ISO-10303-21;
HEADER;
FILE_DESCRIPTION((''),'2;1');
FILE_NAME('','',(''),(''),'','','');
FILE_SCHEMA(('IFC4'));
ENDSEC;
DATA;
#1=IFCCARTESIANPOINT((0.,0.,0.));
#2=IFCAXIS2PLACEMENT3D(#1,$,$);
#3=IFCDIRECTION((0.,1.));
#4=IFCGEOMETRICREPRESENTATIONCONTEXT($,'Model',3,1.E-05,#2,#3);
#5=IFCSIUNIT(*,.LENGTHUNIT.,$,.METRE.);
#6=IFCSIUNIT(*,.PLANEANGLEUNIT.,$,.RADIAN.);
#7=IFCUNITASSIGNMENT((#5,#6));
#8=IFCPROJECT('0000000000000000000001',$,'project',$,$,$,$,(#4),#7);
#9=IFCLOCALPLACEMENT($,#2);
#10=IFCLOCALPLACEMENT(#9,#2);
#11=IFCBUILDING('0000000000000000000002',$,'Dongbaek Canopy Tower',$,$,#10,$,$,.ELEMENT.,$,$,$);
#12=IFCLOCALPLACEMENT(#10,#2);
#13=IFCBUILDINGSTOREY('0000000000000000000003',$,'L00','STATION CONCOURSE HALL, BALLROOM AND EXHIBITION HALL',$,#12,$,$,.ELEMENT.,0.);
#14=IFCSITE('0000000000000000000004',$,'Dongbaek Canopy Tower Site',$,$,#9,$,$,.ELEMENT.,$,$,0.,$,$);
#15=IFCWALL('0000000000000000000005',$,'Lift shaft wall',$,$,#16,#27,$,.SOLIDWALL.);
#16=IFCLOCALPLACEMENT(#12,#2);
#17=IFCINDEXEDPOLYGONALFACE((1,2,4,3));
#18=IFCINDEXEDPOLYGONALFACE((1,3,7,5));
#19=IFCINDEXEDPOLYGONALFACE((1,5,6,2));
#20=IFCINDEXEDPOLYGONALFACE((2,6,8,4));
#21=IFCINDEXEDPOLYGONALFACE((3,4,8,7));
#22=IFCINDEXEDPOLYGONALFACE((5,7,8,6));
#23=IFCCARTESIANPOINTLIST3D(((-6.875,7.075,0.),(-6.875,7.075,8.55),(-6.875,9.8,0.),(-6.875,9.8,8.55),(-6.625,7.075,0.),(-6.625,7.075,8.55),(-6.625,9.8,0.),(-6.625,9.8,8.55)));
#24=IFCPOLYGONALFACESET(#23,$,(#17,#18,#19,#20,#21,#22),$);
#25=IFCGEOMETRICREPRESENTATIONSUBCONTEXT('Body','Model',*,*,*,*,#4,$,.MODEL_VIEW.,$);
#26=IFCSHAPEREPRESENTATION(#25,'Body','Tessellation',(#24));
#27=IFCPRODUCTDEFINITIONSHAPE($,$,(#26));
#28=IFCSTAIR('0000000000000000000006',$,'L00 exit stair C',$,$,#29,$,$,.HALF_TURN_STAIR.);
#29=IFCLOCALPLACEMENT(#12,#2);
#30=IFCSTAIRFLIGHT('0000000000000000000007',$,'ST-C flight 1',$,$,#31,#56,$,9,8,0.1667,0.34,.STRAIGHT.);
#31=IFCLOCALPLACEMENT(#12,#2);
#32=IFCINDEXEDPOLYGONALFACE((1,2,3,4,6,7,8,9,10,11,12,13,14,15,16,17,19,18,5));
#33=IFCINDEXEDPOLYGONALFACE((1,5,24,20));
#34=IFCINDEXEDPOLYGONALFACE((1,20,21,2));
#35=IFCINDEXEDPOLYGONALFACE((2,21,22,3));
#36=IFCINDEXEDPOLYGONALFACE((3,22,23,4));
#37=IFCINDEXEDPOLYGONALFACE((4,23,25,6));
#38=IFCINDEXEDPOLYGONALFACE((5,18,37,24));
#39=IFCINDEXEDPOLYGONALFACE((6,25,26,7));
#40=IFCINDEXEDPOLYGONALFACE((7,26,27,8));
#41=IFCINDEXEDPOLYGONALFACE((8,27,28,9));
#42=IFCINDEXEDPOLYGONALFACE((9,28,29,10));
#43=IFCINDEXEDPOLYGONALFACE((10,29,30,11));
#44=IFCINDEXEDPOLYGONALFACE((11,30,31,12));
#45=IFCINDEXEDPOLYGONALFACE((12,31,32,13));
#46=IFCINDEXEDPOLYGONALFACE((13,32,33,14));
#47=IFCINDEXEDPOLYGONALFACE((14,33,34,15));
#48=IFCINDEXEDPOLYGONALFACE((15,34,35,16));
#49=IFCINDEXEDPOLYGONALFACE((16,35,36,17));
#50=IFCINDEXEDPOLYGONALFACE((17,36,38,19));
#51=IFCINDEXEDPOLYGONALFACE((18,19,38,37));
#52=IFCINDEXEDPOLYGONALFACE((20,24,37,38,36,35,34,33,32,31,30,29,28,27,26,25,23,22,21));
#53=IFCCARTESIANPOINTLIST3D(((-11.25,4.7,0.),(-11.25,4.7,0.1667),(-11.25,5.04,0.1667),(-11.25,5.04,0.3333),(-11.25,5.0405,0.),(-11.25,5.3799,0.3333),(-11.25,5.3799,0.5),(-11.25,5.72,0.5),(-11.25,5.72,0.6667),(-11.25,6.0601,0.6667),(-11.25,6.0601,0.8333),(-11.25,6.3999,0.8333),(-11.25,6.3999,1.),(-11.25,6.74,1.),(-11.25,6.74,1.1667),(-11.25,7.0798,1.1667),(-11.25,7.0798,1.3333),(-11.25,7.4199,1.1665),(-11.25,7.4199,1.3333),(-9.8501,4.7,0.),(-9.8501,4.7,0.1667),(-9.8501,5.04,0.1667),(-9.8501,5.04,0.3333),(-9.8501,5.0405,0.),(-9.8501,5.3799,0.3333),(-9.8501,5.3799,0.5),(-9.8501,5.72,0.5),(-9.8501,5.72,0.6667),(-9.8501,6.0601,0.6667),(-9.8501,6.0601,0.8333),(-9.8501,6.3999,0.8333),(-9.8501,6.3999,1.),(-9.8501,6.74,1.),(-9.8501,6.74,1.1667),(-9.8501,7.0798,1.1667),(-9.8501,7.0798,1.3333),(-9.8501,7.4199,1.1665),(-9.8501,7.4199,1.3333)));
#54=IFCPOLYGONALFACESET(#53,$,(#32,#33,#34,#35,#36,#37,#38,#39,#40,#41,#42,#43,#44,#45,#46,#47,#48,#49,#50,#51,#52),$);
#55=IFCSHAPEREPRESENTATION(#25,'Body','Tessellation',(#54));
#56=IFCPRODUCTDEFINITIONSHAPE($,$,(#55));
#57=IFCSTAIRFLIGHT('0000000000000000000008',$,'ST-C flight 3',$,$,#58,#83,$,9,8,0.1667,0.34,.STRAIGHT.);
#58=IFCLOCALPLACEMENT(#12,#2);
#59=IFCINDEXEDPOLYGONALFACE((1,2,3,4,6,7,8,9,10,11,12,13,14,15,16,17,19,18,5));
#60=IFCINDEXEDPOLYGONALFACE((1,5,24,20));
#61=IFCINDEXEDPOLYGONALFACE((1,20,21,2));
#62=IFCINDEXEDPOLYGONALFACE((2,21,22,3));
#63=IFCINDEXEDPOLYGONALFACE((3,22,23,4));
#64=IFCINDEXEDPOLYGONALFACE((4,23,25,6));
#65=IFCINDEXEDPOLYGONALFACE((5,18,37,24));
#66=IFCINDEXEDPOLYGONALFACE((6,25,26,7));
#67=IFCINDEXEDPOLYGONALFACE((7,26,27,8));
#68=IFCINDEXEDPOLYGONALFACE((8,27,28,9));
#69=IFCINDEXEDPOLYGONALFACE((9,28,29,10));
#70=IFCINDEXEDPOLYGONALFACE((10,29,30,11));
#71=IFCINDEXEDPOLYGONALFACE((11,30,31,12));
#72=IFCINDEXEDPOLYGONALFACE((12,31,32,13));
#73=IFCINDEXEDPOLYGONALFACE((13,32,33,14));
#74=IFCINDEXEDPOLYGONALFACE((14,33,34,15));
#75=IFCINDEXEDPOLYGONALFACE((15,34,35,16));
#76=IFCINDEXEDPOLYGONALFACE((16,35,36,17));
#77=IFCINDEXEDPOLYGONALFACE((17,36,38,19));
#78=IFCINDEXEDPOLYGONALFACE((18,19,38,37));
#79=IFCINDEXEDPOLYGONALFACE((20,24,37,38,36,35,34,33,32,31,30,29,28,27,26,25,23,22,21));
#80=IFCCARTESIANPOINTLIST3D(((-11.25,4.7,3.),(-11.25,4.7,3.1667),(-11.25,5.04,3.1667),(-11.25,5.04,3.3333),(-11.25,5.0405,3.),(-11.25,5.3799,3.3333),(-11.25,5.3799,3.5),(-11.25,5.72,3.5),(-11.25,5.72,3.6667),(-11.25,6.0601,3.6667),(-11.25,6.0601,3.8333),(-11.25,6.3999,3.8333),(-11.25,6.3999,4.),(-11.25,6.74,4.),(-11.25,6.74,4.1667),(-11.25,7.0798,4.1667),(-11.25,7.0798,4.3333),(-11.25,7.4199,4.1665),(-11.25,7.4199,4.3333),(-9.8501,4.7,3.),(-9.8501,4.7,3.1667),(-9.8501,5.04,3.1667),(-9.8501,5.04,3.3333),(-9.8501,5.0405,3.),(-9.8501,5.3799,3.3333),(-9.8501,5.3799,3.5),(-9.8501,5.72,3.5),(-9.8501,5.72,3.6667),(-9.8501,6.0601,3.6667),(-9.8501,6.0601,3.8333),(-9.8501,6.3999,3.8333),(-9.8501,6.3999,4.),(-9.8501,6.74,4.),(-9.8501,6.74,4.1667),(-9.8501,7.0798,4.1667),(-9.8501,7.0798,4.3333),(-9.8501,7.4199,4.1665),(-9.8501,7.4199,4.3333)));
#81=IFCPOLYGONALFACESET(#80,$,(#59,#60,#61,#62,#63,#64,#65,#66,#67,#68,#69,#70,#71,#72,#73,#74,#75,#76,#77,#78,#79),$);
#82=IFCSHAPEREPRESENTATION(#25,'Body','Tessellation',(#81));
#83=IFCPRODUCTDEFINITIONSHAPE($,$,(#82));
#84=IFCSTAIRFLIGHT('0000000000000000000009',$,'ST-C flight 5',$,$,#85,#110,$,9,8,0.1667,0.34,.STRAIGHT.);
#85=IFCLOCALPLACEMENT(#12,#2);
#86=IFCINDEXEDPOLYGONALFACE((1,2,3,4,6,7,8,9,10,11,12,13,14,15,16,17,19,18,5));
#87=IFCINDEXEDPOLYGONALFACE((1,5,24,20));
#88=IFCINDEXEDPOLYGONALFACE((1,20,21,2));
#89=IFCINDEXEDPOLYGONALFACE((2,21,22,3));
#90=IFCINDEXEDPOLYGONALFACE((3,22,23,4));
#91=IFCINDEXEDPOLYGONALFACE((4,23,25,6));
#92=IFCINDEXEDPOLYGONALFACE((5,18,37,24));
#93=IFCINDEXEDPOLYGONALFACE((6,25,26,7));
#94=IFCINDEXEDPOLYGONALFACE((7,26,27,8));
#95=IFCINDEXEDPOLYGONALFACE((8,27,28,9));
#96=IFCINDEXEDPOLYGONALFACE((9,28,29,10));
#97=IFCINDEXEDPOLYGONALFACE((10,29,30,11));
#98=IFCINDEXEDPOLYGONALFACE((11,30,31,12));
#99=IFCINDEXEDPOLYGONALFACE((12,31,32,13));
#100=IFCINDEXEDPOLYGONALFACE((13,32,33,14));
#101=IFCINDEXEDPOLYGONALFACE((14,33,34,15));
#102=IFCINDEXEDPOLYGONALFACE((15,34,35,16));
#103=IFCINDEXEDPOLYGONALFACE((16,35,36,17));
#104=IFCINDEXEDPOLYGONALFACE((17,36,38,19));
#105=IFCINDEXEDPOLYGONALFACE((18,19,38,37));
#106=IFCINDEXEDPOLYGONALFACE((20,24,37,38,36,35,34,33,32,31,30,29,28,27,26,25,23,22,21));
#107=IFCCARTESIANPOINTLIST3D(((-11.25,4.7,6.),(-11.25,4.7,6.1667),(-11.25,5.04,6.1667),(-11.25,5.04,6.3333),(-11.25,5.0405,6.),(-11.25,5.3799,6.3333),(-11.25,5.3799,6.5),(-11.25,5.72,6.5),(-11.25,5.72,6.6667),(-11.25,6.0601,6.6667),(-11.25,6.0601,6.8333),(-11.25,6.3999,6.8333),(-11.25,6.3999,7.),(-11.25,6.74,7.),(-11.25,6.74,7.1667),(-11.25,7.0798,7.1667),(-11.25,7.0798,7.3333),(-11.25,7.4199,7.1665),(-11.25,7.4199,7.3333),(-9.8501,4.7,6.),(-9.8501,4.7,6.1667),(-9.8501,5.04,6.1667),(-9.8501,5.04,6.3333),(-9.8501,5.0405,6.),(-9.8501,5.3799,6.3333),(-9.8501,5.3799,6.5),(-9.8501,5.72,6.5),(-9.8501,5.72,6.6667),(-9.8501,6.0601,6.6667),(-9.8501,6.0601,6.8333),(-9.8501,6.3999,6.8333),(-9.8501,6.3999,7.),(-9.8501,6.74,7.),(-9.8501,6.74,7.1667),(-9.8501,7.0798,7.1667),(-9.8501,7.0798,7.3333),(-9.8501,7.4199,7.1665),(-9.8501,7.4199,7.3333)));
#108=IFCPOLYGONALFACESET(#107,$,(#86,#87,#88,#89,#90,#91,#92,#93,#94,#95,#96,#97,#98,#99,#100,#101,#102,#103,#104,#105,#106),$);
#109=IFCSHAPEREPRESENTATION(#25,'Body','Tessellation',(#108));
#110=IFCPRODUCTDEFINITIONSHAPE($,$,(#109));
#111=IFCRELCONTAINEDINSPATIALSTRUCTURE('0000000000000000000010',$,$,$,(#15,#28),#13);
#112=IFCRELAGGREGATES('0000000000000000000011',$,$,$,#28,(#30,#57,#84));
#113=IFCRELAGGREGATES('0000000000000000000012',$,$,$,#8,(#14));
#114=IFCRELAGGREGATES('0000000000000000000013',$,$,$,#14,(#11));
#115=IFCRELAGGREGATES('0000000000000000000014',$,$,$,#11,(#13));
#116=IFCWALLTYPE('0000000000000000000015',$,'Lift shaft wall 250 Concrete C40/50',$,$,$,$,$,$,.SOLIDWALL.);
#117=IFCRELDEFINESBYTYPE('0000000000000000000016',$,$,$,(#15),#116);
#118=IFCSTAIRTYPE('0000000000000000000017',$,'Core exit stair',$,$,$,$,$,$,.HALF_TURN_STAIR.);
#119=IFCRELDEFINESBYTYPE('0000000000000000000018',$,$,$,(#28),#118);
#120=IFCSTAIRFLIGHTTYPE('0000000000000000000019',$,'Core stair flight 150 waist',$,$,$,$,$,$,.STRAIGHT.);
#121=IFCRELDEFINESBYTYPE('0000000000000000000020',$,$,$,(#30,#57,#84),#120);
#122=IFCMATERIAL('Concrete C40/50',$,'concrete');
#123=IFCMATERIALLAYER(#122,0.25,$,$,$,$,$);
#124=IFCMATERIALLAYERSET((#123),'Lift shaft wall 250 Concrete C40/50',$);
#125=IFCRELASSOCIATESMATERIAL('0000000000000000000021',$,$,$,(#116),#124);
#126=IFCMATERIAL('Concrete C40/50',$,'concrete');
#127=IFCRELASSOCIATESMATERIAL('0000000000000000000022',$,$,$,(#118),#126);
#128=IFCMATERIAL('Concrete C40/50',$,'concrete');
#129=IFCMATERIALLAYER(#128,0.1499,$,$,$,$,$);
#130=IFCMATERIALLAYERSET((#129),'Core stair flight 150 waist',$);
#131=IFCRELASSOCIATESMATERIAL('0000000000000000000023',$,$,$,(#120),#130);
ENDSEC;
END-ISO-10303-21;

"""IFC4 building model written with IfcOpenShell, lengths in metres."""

from ifc_helpers import new_model, si_unit, direction, frame, frame_2d, origin, place, context, subcontext, project, spatial, polyline, rectangle, outline, extrude, material, layer, layer_set, type_object, element, aggregate, save


model = new_model("IFC4")

# Units and contexts
model_context = context("Model", 3, precision=1e-05, world=origin(), true_north=direction((0.0, 1.0)))
body_context = subcontext(model_context, "Body", "Model", "MODEL_VIEW")
ifc_project = project(units=[si_unit("LENGTHUNIT", "METRE"), si_unit("PLANEANGLEUNIT", "RADIAN")], contexts=[model_context])

# Site, building, storey
site_placement = place(None, origin())
site = spatial("IfcSite", under=ifc_project, at=site_placement, Name="Dongbaek Canopy Tower Site", CompositionType="ELEMENT", RefElevation=0.0)
building_placement = place(site_placement, origin())
building = spatial("IfcBuilding", under=site, at=building_placement, Name="Dongbaek Canopy Tower", CompositionType="ELEMENT")
storey_placement = place(building_placement, origin())
storey = spatial("IfcBuildingStorey", under=building, at=storey_placement, Name="L00", Description="STATION CONCOURSE HALL, BALLROOM AND EXHIBITION HALL", CompositionType="ELEMENT", Elevation=0.0)

# Wall
ifc_material_1 = material(Name="Concrete C40/50", Category="concrete")
ifc_layer_1 = layer(ifc_material_1, 0.25)
ifc_layer_set_1 = layer_set([ifc_layer_1], Name="Lift shaft wall 250 Concrete C40/50")
wall_type_1 = type_object("IfcWallType", Name="Lift shaft wall 250 Concrete C40/50", PredefinedType="SOLIDWALL", material=ifc_layer_set_1)
for number, where, z_axis, x_axis, name in (
    (1, (-6.75, 7.075, 0.0), (0.0, 0.0, 1.0), (0.0, 1.0, 0.0), "Lift shaft wall"),
):
    element("IfcWall", number, at=place(storey_placement, frame(where, z_axis=z_axis, x_axis=x_axis)), inside=storey, type_object=wall_type_1, Name=name, PredefinedType="SOLIDWALL", context=body_context, shape_type="SweptSolid", body=[
        extrude(rectangle(XDim=2.7251, YDim=0.25, at=frame_2d((1.3625, 0.0))), origin(), (0.0, 0.0, 1.0), 8.55),
    ])

# Stair, stair flights
ifc_material_2 = material(Name="Concrete C40/50", Category="concrete")
stair_type = type_object("IfcStairType", Name="Core exit stair", PredefinedType="HALF_TURN_STAIR", material=ifc_material_2)
stair_placement = place(storey_placement, origin())
stair = element("IfcStair", 2, at=stair_placement, inside=storey, type_object=stair_type, Name="L00 exit stair C", PredefinedType="HALF_TURN_STAIR")
ifc_material_3 = material(Name="Concrete C40/50", Category="concrete")
ifc_layer_2 = layer(ifc_material_3, 0.1499)
ifc_layer_set_2 = layer_set([ifc_layer_2], Name="Core stair flight 150 waist")
stair_flight_type = type_object("IfcStairFlightType", Name="Core stair flight 150 waist", PredefinedType="STRAIGHT", material=ifc_layer_set_2)
stair_flight_1_placement = place(storey_placement, frame((-10.55, 4.7, 0.0), z_axis=(0.0, 0.0, 1.0), x_axis=(0.0, 1.0, 0.0)))
stair_flight_1 = element("IfcStairFlight", 3, at=stair_flight_1_placement, type_object=stair_flight_type, Name="ST-C flight 1", NumberOfRisers=9, NumberOfTreads=8, PredefinedType="STRAIGHT", RiserHeight=0.1667, TreadLength=0.34, context=body_context, shape_type="SweptSolid", body=[
    extrude(outline(polyline([(0.0, 0.0), (0.0, 0.1667), (0.3401, 0.1667), (0.3401, 0.3333), (0.6799, 0.3333), (0.6799, 0.5), (1.02, 0.5), (1.02, 0.6667), (1.3601, 0.6667), (1.3601, 0.8333), (1.7, 0.8333), (1.7, 1.0), (2.04, 1.0), (2.04, 1.1667), (2.3799, 1.1667), (2.3799, 1.3333), (2.72, 1.3333), (2.72, 1.5), (2.72, 1.1665), (0.3406, 0.0), (0.0, 0.0)])), frame((0.0, 0.7, 0.0), z_axis=(0.0, -1.0, 0.0), x_axis=(1.0, 0.0, 0.0)), (0.0, 0.0, 1.0), 1.3999),
])
stair_flight_2_placement = place(storey_placement, frame((-10.55, 4.7, 3.0), z_axis=(0.0, 0.0, 1.0), x_axis=(0.0, 1.0, 0.0)))
stair_flight_2 = element("IfcStairFlight", 4, at=stair_flight_2_placement, type_object=stair_flight_type, Name="ST-C flight 3", NumberOfRisers=9, NumberOfTreads=8, PredefinedType="STRAIGHT", RiserHeight=0.1667, TreadLength=0.34, context=body_context, shape_type="SweptSolid", body=[
    extrude(outline(polyline([(0.0, 0.0), (0.0, 0.1667), (0.3401, 0.1667), (0.3401, 0.3333), (0.6799, 0.3333), (0.6799, 0.5), (1.02, 0.5), (1.02, 0.6667), (1.3601, 0.6667), (1.3601, 0.8333), (1.7, 0.8333), (1.7, 1.0), (2.04, 1.0), (2.04, 1.1667), (2.3799, 1.1667), (2.3799, 1.3333), (2.72, 1.3333), (2.72, 1.5), (2.72, 1.1665), (0.3406, 0.0), (0.0, 0.0)])), frame((0.0, 0.7, 0.0), z_axis=(0.0, -1.0, 0.0), x_axis=(1.0, 0.0, 0.0)), (0.0, 0.0, 1.0), 1.3999),
])
stair_flight_3_placement = place(storey_placement, frame((-10.55, 4.7, 6.0), z_axis=(0.0, 0.0, 1.0), x_axis=(0.0, 1.0, 0.0)))
stair_flight_3 = element("IfcStairFlight", 5, at=stair_flight_3_placement, type_object=stair_flight_type, Name="ST-C flight 5", NumberOfRisers=9, NumberOfTreads=8, PredefinedType="STRAIGHT", RiserHeight=0.1667, TreadLength=0.34, context=body_context, shape_type="SweptSolid", body=[
    extrude(outline(polyline([(0.0, 0.0), (0.0, 0.1667), (0.3401, 0.1667), (0.3401, 0.3333), (0.6799, 0.3333), (0.6799, 0.5), (1.02, 0.5), (1.02, 0.6667), (1.3601, 0.6667), (1.3601, 0.8333), (1.7, 0.8333), (1.7, 1.0), (2.04, 1.0), (2.04, 1.1667), (2.3799, 1.1667), (2.3799, 1.3333), (2.72, 1.3333), (2.72, 1.5), (2.72, 1.1665), (0.3406, 0.0), (0.0, 0.0)])), frame((0.0, 0.7, 0.0), z_axis=(0.0, -1.0, 0.0), x_axis=(1.0, 0.0, 0.0)), (0.0, 0.0, 1.0), 1.3999),
])
aggregate(stair, [stair_flight_1, stair_flight_2, stair_flight_3])

save(model, "model.ifc")
